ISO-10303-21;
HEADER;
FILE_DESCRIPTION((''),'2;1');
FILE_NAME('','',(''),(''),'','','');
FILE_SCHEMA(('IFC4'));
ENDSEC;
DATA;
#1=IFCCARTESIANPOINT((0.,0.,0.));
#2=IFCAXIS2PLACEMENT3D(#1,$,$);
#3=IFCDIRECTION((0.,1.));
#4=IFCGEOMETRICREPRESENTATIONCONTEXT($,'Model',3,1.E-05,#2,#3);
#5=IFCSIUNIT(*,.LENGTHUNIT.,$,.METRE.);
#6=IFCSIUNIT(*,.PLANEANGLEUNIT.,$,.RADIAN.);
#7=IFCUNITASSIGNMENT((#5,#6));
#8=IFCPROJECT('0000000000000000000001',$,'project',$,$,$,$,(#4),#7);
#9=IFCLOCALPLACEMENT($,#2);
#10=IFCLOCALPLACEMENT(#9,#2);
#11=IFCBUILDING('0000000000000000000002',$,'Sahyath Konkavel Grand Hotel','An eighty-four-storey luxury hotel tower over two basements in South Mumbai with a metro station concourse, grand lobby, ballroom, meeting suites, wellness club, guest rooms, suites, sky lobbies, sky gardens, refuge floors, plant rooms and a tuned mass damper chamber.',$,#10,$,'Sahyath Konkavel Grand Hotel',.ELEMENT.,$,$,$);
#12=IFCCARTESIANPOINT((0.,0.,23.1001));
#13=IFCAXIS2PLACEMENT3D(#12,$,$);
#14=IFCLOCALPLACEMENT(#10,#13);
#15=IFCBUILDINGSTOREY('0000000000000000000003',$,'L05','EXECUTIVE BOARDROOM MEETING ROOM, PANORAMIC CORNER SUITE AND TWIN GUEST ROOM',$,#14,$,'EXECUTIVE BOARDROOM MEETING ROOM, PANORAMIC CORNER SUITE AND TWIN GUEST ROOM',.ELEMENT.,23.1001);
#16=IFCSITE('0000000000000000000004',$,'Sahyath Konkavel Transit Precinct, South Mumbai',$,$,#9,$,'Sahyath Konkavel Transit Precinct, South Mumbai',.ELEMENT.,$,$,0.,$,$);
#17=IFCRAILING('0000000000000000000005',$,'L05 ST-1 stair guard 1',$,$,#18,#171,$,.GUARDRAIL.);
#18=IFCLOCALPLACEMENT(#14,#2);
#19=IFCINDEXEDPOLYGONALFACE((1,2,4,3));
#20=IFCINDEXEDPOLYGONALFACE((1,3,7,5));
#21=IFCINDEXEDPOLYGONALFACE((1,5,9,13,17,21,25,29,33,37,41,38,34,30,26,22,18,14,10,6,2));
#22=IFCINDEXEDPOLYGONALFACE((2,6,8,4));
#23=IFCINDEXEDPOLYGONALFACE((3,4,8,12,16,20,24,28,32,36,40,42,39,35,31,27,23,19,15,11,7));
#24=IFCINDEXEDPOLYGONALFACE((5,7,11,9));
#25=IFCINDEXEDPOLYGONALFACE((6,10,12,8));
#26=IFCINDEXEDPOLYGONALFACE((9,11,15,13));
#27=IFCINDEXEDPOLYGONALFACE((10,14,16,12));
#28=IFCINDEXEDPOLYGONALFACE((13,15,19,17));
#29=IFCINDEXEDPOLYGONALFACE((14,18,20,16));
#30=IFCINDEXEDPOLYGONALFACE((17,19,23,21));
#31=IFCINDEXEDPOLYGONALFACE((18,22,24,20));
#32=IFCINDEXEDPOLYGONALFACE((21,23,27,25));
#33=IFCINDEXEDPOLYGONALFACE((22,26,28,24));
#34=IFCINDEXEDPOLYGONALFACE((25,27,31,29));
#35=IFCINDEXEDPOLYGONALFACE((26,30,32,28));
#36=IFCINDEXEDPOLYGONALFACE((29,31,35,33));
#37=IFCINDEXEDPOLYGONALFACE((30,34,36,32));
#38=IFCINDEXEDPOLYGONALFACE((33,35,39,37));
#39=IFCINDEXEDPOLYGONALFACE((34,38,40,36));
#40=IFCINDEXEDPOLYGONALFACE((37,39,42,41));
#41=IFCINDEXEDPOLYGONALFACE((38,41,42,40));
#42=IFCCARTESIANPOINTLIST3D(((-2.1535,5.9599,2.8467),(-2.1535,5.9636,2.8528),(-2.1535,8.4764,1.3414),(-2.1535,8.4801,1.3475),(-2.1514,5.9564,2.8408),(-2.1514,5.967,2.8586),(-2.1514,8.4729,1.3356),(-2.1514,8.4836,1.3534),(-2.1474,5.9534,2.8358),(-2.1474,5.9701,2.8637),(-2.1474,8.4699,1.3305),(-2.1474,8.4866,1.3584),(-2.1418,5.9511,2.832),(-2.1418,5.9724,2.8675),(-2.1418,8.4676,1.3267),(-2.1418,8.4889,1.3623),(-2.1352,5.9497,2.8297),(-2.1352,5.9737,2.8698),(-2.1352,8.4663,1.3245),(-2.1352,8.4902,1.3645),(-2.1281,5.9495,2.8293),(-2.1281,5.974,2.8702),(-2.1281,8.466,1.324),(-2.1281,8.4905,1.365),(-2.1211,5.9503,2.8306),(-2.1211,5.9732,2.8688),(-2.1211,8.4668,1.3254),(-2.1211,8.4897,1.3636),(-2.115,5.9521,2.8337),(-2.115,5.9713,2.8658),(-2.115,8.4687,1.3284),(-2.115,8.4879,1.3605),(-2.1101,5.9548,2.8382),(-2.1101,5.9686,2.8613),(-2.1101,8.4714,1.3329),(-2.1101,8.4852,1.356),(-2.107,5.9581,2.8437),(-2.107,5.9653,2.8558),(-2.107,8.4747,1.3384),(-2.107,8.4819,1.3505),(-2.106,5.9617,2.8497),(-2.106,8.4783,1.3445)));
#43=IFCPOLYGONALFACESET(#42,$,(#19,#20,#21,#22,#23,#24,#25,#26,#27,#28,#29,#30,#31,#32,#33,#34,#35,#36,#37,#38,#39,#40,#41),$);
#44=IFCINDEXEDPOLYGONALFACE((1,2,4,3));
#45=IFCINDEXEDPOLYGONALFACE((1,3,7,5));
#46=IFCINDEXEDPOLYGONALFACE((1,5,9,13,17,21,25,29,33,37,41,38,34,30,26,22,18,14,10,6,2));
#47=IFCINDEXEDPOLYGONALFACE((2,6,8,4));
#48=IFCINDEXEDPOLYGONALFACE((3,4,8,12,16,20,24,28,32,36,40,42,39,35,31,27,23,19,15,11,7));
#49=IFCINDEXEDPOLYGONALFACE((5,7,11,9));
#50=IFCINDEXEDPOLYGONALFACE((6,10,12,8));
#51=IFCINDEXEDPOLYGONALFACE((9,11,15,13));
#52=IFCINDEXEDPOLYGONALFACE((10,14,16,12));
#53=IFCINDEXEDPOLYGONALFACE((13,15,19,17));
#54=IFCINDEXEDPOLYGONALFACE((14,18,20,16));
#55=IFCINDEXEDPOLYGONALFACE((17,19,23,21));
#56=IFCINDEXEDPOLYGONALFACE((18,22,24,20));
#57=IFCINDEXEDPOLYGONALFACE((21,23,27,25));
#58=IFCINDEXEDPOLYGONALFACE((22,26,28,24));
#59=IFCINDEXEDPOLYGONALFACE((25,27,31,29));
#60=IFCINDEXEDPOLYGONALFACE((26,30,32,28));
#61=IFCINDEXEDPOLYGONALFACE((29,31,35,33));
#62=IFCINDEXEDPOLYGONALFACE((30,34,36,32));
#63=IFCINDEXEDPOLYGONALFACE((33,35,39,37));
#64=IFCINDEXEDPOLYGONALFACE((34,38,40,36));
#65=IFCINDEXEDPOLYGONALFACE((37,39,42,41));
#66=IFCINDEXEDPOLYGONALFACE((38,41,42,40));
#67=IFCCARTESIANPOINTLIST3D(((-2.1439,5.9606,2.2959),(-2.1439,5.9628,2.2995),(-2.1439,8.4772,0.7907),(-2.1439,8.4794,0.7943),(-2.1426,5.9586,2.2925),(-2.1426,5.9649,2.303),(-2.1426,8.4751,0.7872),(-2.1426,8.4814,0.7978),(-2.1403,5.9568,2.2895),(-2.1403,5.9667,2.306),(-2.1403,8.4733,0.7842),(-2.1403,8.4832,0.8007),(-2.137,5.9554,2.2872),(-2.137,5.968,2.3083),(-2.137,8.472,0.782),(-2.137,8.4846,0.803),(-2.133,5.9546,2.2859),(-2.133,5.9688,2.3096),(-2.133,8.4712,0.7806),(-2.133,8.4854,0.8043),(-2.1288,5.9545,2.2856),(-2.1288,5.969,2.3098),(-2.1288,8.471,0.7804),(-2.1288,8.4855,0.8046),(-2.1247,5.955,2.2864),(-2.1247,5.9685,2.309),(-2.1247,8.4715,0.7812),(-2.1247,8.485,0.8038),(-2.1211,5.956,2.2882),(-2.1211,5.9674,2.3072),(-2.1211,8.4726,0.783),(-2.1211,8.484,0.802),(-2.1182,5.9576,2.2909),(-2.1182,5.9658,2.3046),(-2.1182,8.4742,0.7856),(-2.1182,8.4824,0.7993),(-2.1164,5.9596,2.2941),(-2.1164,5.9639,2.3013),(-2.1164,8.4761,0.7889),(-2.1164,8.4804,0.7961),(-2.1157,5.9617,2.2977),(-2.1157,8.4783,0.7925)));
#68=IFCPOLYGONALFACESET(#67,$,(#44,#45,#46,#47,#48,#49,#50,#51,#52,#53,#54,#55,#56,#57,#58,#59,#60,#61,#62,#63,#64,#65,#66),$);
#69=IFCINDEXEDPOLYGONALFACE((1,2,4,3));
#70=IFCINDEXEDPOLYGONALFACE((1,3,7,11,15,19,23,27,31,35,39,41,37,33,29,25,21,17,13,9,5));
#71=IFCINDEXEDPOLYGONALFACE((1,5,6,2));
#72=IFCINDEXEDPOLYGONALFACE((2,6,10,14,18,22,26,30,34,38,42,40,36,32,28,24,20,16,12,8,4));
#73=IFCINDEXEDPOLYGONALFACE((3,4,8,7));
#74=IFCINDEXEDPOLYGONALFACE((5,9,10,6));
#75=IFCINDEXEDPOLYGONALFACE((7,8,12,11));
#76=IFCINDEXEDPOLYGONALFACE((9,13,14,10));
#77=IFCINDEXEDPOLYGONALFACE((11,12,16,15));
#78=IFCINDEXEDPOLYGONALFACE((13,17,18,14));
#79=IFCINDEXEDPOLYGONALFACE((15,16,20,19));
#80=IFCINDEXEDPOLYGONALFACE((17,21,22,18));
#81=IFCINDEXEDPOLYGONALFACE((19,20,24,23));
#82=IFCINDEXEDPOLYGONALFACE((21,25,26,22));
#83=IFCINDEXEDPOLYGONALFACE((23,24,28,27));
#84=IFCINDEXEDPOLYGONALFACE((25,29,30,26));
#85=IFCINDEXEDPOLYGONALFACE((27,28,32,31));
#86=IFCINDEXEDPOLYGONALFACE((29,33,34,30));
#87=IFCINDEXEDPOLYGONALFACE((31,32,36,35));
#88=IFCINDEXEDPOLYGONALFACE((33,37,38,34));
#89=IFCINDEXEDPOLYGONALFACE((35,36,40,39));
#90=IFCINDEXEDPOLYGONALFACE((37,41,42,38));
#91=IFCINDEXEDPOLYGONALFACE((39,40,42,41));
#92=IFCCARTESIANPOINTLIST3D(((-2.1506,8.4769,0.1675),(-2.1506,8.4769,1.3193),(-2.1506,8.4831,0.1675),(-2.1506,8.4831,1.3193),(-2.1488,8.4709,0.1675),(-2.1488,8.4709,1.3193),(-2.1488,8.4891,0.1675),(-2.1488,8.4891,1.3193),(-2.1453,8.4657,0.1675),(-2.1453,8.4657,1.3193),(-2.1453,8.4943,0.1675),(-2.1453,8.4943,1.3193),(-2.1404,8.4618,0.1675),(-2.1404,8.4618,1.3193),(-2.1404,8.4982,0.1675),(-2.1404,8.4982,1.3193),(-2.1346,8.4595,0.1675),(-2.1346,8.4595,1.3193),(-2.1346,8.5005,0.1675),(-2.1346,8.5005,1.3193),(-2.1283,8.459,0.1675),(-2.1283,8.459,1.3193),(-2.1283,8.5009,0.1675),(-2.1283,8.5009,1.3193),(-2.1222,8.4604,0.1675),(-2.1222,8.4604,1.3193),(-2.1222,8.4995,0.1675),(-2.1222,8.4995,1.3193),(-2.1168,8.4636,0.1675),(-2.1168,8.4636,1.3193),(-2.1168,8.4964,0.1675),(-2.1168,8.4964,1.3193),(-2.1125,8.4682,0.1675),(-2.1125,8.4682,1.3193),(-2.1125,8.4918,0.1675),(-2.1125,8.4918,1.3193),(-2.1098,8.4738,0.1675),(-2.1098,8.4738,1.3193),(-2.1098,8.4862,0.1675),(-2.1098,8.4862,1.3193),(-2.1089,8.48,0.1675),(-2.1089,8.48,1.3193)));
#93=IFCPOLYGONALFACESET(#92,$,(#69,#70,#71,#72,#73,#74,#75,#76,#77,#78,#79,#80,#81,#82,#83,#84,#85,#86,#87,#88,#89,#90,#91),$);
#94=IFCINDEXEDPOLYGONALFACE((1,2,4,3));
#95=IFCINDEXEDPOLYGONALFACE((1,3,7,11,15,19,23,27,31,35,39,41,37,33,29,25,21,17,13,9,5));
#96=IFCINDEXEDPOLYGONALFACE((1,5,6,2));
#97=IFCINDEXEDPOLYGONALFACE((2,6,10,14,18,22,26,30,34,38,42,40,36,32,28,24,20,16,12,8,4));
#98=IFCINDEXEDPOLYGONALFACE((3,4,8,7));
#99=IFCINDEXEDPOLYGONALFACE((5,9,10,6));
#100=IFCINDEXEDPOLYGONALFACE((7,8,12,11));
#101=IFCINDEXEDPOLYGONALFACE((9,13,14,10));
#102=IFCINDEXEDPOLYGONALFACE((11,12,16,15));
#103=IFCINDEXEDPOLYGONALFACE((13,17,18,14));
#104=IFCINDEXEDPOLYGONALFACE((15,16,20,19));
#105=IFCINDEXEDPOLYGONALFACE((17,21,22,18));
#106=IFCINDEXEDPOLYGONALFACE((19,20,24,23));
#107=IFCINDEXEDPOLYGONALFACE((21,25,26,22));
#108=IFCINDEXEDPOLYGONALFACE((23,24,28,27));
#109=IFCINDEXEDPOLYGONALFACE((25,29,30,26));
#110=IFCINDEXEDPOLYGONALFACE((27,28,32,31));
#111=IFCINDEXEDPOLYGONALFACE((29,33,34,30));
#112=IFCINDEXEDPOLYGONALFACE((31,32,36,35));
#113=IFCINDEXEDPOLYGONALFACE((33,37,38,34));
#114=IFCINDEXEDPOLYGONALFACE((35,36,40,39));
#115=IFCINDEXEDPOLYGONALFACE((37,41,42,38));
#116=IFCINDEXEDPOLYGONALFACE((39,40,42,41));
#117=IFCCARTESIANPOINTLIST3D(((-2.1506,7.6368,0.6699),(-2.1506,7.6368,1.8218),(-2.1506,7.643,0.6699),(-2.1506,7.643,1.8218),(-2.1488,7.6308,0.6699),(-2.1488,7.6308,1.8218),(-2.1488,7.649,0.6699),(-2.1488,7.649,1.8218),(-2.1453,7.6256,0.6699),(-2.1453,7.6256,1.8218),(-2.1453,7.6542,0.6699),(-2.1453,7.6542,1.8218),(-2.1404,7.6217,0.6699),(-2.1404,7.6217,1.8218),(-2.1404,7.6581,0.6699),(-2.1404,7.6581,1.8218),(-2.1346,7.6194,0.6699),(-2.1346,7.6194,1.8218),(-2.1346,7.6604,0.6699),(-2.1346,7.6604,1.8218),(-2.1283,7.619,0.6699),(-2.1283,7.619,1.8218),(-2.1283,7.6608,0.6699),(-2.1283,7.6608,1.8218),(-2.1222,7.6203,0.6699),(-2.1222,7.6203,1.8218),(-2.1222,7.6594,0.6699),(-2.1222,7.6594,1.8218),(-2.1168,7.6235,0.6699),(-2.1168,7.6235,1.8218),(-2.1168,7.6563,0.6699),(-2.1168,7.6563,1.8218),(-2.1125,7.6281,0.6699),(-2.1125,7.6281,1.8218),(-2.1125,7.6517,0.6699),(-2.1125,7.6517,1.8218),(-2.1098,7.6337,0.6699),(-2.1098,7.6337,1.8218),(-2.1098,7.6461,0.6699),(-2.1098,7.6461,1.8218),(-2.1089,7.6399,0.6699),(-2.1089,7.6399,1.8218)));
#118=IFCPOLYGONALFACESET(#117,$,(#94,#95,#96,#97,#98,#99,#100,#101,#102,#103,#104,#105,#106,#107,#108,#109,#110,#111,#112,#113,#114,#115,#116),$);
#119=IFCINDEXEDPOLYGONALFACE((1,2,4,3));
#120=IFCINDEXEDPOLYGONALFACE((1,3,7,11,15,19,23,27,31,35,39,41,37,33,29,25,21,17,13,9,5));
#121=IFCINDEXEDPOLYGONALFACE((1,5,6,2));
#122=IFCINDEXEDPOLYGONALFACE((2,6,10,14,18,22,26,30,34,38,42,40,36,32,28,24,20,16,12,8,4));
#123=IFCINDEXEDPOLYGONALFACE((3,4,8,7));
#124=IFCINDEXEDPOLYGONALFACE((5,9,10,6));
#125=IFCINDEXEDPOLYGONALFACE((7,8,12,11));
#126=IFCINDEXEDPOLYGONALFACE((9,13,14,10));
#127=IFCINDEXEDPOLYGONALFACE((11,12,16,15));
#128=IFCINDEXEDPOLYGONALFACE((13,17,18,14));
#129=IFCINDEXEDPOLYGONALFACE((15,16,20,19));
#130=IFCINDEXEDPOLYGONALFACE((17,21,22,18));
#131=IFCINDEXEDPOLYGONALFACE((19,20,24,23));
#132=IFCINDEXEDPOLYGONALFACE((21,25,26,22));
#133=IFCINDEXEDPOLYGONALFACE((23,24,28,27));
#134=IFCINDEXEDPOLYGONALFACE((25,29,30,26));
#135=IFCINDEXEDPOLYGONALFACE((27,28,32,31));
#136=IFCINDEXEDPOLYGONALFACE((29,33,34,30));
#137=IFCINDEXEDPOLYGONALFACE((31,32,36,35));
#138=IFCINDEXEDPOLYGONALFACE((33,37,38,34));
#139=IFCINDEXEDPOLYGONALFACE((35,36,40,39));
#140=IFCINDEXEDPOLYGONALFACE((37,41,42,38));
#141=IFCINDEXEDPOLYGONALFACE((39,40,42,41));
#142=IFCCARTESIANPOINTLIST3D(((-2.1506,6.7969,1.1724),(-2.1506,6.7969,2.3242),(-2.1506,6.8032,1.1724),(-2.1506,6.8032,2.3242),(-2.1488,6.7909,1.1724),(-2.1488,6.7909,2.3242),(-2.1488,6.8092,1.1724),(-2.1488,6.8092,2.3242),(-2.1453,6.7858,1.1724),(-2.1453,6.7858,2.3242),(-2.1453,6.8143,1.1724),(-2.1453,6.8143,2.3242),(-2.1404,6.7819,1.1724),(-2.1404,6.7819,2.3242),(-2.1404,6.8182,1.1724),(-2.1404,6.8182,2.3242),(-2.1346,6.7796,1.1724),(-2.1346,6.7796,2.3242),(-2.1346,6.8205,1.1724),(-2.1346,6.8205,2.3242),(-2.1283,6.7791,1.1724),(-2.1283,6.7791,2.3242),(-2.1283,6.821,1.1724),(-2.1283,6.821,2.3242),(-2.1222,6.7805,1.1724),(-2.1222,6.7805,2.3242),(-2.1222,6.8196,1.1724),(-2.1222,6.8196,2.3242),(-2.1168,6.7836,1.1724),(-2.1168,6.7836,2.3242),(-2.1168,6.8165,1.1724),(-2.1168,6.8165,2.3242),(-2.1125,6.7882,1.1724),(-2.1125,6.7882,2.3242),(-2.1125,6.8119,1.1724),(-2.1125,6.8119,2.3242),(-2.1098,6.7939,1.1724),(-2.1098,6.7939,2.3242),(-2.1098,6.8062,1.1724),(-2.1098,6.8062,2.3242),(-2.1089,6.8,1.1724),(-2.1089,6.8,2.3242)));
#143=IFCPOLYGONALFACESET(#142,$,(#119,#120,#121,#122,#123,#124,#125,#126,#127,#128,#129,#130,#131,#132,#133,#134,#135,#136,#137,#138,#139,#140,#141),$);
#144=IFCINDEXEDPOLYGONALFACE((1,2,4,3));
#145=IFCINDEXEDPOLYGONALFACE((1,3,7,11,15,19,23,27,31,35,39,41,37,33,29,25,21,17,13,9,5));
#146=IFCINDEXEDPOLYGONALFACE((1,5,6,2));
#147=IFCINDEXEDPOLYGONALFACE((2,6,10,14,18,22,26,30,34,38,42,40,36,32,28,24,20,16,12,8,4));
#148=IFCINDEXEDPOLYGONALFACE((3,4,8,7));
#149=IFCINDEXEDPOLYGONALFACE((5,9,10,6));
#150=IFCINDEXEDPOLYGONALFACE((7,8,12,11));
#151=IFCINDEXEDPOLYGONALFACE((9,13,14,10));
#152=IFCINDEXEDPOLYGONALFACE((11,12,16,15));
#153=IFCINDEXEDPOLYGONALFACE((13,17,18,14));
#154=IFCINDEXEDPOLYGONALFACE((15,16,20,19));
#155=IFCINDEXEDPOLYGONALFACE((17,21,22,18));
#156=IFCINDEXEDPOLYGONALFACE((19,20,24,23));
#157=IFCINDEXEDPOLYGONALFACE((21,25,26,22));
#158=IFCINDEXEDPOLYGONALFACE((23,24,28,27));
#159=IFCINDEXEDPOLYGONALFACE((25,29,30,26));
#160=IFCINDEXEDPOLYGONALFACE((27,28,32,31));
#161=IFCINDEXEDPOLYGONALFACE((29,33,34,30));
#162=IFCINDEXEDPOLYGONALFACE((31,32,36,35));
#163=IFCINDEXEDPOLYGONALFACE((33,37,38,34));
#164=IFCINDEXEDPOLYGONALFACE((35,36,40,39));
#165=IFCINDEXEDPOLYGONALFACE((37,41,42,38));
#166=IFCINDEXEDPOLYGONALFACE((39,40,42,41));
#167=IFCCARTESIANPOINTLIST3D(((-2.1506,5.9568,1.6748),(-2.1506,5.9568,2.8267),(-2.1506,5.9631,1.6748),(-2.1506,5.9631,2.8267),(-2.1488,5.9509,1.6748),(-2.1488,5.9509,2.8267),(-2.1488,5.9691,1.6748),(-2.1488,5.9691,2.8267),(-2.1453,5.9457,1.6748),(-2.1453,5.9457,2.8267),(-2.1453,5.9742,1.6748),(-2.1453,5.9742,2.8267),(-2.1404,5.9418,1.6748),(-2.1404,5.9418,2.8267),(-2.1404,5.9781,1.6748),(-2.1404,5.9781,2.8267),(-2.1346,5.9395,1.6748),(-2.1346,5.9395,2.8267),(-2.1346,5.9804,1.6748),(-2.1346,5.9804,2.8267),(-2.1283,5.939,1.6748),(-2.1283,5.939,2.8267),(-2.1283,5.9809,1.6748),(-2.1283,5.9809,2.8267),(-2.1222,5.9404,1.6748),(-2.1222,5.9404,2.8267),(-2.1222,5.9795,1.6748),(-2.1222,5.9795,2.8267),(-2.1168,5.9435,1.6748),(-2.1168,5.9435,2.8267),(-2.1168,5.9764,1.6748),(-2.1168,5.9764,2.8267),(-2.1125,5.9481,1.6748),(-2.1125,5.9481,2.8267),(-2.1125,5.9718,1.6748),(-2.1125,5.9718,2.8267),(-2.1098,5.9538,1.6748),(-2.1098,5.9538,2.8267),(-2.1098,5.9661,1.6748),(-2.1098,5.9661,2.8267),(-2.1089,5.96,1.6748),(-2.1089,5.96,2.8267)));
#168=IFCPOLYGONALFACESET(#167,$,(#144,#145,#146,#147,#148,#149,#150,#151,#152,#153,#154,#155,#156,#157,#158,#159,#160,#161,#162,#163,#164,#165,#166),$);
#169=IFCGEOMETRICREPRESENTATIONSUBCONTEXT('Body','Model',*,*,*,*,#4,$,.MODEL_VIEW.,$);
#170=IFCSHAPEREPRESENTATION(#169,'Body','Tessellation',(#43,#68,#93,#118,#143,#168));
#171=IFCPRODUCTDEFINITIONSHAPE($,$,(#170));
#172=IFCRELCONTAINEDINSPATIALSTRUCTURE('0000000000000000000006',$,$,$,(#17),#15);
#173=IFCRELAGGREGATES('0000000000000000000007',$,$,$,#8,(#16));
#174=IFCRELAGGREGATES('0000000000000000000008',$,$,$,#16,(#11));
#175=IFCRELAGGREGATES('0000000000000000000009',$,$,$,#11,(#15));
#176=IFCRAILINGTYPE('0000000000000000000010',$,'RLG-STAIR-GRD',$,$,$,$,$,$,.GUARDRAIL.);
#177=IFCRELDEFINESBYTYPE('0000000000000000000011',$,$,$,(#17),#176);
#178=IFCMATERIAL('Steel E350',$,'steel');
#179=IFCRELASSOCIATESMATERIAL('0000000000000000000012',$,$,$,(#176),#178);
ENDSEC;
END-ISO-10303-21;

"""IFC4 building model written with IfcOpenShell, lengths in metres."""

from ifc_helpers import new_model, si_unit, direction, frame, origin, origin_2d, place, context, subcontext, project, spatial, circle, extrude, material, type_object, element, save


model = new_model("IFC4")

# Units and contexts
model_context = context("Model", 3, precision=1e-05, world=origin(), true_north=direction((0.0, 1.0)))
body_context = subcontext(model_context, "Body", "Model", "MODEL_VIEW")
ifc_project = project(units=[si_unit("LENGTHUNIT", "METRE"), si_unit("PLANEANGLEUNIT", "RADIAN")], contexts=[model_context])

# Site, building, storey
site_placement = place(None, origin())
site = spatial("IfcSite", under=ifc_project, at=site_placement, Name="Sahyath Konkavel Transit Precinct, South Mumbai", LongName="Sahyath Konkavel Transit Precinct, South Mumbai", CompositionType="ELEMENT", RefElevation=0.0)
building_placement = place(site_placement, origin())
building = spatial("IfcBuilding", under=site, at=building_placement, Name="Sahyath Konkavel Grand Hotel", Description="An eighty-four-storey luxury hotel tower over two basements in South Mumbai with a metro station concourse, grand lobby, ballroom, meeting suites, wellness club, guest rooms, suites, sky lobbies, sky gardens, refuge floors, plant rooms and a tuned mass damper chamber.", LongName="Sahyath Konkavel Grand Hotel", CompositionType="ELEMENT")
storey_placement = place(building_placement, frame((0.0, 0.0, 23.1001)))
storey = spatial("IfcBuildingStorey", under=building, at=storey_placement, Name="L05", Description="EXECUTIVE BOARDROOM MEETING ROOM, PANORAMIC CORNER SUITE AND TWIN GUEST ROOM", LongName="EXECUTIVE BOARDROOM MEETING ROOM, PANORAMIC CORNER SUITE AND TWIN GUEST ROOM", CompositionType="ELEMENT", Elevation=23.1001)

# Railing
ifc_material_1 = material(Name="Steel E350", Category="steel")
railing_type_1 = type_object("IfcRailingType", Name="RLG-STAIR-GRD", PredefinedType="GUARDRAIL", material=ifc_material_1)
railing_1_placement = place(storey_placement, frame((-2.1299, 8.48, 0.1675)))
element("IfcRailing", 1, at=railing_1_placement, inside=storey, type_object=railing_type_1, Name="L05 ST-1 stair guard 1", PredefinedType="GUARDRAIL", context=body_context, shape_type="SweptSolid", body=[
    extrude(circle(Radius=0.0239, at=origin_2d()), frame((0.0, -0.0017, 1.177), z_axis=(0.0, -0.858196, 0.513321), x_axis=(1.0, 0.0, 0.0)), (0.0, 0.0, 1.0), 2.9324),
    extrude(circle(Radius=0.0142, at=origin_2d()), frame((0.0, -0.0017, 0.625), z_axis=(0.0, -0.858196, 0.513321), x_axis=(1.0, 0.0, 0.0)), (0.0, 0.0, 1.0), 2.9324),
    extrude(circle(Radius=0.021, at=origin_2d()), origin(), (0.0, 0.0, 1.0), 1.1519),
    extrude(circle(Radius=0.021, at=origin_2d()), frame((0.0, -0.8401, 0.5024)), (0.0, 0.0, 1.0), 1.1519),
    extrude(circle(Radius=0.021, at=origin_2d()), frame((0.0, -1.6799, 1.0049)), (0.0, 0.0, 1.0), 1.1519),
    extrude(circle(Radius=0.021, at=origin_2d()), frame((0.0, -2.52, 1.5073)), (0.0, 0.0, 1.0), 1.1519),
])

save(model, "model.ifc")
